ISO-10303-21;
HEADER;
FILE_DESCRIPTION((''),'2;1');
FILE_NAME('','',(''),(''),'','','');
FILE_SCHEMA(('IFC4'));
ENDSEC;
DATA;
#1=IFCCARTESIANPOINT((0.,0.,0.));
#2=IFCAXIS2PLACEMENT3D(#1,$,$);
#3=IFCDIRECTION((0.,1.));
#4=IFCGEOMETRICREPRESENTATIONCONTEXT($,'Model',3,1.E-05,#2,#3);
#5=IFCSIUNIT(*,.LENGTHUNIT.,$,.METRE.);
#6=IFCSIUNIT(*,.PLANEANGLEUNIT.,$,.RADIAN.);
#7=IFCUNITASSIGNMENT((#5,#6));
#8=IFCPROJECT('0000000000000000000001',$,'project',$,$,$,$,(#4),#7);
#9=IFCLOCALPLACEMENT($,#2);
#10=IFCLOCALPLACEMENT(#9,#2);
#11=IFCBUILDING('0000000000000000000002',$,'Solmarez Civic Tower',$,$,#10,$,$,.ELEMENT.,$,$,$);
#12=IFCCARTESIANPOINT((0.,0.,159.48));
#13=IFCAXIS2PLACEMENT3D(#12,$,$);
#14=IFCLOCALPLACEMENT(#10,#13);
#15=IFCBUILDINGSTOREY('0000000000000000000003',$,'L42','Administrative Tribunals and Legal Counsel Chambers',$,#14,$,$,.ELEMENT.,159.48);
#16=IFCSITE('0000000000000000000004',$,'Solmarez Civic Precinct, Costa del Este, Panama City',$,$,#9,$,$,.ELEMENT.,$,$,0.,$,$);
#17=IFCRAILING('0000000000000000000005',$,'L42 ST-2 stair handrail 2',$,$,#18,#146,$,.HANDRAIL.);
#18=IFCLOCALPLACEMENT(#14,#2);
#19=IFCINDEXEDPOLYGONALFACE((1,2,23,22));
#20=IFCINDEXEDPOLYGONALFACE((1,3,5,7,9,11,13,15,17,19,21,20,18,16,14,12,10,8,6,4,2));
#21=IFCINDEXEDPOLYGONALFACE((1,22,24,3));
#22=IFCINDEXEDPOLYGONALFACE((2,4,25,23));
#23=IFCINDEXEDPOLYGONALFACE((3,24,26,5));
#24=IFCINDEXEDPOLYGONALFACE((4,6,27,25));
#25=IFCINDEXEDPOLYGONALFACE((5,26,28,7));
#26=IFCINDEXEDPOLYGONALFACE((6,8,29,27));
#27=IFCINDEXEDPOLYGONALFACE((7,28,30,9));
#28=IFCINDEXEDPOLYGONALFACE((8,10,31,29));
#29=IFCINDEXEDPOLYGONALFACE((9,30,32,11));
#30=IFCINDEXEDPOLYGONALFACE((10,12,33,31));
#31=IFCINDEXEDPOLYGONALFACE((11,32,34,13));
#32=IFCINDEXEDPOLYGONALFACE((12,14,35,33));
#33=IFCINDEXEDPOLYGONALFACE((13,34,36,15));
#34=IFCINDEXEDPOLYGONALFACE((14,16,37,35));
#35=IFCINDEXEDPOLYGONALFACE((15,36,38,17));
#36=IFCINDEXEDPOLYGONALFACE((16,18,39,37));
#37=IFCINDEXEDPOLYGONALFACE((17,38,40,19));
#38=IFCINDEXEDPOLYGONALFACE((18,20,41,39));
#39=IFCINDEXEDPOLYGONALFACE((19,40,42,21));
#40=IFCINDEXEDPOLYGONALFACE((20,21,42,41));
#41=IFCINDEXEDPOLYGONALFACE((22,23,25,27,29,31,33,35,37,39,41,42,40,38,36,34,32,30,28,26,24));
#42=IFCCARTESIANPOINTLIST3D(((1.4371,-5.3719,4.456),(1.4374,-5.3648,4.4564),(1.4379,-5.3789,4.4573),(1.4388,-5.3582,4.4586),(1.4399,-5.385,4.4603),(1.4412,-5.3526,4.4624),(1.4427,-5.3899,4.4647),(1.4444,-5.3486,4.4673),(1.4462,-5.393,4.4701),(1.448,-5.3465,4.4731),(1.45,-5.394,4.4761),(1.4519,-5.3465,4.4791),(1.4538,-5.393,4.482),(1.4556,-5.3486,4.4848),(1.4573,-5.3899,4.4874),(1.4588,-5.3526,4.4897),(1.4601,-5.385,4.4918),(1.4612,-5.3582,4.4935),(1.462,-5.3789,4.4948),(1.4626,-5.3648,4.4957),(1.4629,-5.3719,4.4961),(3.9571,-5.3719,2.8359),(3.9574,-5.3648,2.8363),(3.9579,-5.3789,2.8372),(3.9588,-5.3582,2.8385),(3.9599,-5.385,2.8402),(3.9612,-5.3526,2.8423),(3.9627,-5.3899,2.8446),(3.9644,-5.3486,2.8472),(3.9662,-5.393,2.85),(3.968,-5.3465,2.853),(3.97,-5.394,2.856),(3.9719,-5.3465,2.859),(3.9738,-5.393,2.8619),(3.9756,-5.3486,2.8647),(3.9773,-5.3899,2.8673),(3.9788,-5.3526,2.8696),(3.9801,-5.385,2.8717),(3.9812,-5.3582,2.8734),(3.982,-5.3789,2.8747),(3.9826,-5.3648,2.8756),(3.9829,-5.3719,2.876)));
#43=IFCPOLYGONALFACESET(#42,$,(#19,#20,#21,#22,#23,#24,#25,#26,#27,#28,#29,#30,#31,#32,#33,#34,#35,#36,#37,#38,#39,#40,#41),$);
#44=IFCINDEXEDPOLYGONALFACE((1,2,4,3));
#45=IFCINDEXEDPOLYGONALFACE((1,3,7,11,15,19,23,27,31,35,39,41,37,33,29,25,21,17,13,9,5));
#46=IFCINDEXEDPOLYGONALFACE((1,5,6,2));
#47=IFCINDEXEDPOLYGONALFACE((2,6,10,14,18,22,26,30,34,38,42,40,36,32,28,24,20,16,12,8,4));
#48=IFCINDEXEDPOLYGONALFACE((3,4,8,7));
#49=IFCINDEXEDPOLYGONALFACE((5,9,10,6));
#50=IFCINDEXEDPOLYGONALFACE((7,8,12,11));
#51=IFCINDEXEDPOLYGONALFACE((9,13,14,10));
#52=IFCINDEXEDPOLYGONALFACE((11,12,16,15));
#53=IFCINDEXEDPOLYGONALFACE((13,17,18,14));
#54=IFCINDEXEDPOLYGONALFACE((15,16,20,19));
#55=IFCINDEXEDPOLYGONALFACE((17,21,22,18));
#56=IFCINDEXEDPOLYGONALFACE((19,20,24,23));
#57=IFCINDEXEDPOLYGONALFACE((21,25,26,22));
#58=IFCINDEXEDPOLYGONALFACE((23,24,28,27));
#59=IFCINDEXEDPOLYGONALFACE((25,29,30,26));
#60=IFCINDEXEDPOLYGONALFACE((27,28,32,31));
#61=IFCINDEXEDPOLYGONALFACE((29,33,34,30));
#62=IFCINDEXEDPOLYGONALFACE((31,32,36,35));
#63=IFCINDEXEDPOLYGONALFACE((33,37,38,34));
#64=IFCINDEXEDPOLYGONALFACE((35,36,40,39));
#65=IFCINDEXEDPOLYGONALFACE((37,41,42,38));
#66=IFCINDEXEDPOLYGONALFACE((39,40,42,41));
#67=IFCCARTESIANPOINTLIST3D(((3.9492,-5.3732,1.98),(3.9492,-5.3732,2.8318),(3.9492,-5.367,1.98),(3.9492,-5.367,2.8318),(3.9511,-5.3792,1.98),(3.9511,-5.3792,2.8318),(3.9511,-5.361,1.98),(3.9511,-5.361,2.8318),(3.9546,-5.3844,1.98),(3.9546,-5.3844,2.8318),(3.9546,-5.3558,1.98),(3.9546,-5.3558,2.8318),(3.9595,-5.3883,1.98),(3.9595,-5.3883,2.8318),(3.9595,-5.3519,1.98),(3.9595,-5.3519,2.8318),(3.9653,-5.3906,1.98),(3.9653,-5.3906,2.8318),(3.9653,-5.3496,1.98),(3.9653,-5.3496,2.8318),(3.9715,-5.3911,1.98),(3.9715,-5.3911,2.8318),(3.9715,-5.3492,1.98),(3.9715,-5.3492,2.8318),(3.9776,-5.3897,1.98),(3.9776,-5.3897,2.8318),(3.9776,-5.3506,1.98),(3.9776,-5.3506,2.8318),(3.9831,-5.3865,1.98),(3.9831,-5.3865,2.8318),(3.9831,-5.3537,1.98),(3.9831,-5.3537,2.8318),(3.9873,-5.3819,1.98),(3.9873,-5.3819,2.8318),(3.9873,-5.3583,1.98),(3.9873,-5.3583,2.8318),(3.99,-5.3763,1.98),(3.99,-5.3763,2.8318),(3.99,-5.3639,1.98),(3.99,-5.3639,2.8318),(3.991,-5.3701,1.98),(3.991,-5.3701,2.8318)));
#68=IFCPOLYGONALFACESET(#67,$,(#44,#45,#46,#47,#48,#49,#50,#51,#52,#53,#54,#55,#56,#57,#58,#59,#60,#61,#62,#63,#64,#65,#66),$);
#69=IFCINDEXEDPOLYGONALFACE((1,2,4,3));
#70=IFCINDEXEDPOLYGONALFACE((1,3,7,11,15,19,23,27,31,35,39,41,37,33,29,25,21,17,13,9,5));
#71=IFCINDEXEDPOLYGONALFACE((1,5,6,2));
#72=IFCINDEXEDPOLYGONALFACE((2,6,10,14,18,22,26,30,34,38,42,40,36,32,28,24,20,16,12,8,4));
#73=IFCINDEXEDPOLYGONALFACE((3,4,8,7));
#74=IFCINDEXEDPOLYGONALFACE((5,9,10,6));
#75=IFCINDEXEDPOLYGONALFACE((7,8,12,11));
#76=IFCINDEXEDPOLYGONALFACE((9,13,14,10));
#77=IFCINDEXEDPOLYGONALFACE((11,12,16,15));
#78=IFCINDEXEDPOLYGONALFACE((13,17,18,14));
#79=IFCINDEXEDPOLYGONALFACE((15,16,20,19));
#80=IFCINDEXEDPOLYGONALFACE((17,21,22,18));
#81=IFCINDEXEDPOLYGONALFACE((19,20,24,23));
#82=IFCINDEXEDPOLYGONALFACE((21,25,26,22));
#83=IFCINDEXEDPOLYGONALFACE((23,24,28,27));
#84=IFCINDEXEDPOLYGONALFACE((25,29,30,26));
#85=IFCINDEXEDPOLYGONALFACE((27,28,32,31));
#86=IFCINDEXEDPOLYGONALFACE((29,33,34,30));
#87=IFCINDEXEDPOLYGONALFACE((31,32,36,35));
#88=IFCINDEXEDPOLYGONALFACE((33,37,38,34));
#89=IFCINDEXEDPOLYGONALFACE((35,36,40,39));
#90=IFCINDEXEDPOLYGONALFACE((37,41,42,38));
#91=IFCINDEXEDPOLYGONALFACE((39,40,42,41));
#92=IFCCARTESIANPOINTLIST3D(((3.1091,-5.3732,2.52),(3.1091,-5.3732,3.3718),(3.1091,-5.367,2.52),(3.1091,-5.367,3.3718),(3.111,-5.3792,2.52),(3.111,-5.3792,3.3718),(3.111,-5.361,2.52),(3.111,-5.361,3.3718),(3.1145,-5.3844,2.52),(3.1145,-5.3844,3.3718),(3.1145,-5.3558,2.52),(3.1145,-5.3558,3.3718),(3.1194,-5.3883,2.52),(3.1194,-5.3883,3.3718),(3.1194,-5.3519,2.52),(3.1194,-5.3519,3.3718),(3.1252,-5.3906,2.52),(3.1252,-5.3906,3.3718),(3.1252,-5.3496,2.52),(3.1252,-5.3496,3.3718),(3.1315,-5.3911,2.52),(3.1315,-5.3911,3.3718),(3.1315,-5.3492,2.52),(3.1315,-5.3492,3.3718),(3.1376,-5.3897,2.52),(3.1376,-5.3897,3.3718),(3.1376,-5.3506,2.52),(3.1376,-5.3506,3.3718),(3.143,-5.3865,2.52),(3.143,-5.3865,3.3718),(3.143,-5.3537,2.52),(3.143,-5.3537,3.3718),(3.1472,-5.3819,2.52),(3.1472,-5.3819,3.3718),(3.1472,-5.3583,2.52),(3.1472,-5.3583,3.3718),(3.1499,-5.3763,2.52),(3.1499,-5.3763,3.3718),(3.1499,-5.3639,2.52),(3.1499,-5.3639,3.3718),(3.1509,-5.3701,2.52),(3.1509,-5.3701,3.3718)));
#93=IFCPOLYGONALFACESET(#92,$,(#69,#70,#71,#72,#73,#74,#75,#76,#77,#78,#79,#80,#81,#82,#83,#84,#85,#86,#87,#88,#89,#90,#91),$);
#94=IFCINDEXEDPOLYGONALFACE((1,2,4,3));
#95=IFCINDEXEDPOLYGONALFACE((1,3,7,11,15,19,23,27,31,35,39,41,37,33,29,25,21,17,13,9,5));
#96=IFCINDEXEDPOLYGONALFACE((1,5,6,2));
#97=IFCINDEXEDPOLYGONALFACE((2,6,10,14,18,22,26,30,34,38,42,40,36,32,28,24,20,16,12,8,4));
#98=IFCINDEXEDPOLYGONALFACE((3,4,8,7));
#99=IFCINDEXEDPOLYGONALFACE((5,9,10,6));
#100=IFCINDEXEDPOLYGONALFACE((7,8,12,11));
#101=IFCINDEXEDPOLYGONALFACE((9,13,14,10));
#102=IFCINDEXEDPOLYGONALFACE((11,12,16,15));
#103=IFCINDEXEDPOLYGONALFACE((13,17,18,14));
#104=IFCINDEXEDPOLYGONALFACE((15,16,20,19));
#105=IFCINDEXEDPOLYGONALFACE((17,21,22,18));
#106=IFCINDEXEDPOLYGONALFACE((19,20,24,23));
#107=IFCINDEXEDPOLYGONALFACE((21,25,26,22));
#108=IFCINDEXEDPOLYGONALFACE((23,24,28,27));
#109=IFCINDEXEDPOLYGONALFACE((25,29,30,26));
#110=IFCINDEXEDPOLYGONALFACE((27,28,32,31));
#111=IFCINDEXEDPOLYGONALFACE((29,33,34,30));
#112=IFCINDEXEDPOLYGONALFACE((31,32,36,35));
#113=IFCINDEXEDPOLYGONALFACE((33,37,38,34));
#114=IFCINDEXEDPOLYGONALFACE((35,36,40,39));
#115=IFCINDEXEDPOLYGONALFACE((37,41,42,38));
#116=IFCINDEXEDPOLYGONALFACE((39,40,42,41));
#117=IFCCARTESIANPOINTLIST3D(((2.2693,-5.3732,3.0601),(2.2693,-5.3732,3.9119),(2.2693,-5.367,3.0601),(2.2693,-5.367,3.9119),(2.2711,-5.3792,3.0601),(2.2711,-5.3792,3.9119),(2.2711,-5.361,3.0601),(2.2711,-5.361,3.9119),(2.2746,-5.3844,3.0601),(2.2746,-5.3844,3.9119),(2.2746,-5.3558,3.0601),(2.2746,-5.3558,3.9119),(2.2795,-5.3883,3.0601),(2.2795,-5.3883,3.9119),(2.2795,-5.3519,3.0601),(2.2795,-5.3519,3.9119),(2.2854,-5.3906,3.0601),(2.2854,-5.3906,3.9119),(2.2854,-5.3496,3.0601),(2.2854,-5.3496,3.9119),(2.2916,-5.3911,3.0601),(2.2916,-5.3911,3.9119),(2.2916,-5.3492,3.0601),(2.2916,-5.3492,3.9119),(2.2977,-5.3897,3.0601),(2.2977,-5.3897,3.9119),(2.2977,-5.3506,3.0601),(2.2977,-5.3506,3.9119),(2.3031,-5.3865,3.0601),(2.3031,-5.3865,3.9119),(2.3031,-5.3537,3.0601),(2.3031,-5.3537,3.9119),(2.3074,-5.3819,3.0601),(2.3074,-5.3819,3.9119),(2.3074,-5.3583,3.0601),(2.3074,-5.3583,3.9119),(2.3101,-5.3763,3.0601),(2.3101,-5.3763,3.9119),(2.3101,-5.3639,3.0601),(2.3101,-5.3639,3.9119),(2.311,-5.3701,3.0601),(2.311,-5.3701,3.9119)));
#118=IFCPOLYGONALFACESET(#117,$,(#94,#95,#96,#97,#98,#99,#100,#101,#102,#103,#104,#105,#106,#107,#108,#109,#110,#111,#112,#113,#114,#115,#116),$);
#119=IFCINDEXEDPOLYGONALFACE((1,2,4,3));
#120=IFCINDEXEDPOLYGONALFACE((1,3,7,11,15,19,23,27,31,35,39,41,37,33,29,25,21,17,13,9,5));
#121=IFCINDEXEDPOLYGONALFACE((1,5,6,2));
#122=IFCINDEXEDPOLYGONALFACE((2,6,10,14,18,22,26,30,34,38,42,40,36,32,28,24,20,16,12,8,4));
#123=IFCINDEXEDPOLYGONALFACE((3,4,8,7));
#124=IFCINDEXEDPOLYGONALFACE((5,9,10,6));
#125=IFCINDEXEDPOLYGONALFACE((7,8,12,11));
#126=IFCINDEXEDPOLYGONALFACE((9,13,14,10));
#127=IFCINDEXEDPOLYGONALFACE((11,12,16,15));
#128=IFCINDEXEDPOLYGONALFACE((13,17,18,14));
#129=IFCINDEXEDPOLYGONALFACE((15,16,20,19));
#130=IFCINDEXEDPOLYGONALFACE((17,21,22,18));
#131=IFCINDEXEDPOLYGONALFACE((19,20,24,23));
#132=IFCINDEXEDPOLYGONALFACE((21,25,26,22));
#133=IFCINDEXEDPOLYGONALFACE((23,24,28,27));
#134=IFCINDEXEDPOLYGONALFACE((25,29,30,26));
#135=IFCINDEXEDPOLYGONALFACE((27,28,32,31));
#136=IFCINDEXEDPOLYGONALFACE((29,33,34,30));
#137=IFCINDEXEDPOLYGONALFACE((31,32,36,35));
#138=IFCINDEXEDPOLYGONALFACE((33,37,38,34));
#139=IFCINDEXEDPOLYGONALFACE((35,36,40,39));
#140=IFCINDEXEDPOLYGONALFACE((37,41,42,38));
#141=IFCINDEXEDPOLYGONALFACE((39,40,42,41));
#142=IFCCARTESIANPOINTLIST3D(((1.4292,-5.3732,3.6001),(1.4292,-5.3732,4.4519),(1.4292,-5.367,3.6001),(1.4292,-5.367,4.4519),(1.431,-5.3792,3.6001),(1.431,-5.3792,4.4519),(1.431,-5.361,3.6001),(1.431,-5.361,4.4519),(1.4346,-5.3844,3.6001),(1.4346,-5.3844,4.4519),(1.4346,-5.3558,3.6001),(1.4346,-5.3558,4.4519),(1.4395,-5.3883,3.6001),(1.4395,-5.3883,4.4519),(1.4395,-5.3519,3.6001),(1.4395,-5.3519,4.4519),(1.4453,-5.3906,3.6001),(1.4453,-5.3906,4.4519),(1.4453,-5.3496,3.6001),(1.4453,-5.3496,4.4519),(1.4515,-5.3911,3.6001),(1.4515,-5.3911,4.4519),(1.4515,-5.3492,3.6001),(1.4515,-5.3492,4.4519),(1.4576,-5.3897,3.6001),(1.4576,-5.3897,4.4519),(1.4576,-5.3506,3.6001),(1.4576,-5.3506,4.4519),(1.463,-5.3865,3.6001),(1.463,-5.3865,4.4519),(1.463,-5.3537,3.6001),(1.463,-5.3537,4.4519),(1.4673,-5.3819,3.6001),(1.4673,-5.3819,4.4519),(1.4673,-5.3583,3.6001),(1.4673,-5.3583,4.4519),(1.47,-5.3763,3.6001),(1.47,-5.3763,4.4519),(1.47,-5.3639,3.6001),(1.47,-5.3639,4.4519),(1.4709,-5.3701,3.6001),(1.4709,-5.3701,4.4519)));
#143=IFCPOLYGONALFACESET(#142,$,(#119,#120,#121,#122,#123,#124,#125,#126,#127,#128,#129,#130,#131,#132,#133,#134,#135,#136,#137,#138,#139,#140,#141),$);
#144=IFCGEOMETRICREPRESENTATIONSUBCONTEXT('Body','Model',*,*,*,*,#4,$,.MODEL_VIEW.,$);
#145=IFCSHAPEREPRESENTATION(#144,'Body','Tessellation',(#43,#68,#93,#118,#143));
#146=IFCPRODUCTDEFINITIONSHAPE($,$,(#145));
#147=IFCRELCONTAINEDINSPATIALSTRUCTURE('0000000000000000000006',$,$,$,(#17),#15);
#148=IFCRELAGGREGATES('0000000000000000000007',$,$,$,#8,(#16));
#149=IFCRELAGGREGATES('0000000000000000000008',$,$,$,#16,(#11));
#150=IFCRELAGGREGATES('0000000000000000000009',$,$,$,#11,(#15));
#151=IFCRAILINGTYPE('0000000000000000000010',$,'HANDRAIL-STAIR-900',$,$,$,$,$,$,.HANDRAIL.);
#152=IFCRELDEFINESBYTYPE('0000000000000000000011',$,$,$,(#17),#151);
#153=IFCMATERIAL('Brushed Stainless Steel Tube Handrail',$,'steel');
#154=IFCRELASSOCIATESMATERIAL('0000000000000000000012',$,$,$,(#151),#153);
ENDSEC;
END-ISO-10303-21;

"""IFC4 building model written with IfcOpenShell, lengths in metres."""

from ifc_helpers import new_model, si_unit, direction, frame, origin, origin_2d, place, context, subcontext, project, spatial, circle, extrude, material, type_object, element, save


model = new_model("IFC4")

# Units and contexts
model_context = context("Model", 3, precision=1e-05, world=origin(), true_north=direction((0.0, 1.0)))
body_context = subcontext(model_context, "Body", "Model", "MODEL_VIEW")
ifc_project = project(units=[si_unit("LENGTHUNIT", "METRE"), si_unit("PLANEANGLEUNIT", "RADIAN")], contexts=[model_context])

# Site, building, storey
site_placement = place(None, origin())
site = spatial("IfcSite", under=ifc_project, at=site_placement, Name="Solmarez Civic Precinct, Costa del Este, Panama City", CompositionType="ELEMENT", RefElevation=0.0)
building_placement = place(site_placement, origin())
building = spatial("IfcBuilding", under=site, at=building_placement, Name="Solmarez Civic Tower", CompositionType="ELEMENT")
storey_placement = place(building_placement, frame((0.0, 0.0, 159.48)))
storey = spatial("IfcBuildingStorey", under=building, at=storey_placement, Name="L42", Description="Administrative Tribunals and Legal Counsel Chambers", CompositionType="ELEMENT", Elevation=159.48)

# Railing
ifc_material_1 = material(Name="Brushed Stainless Steel Tube Handrail", Category="steel")
railing_type_1 = type_object("IfcRailingType", Name="HANDRAIL-STAIR-900", PredefinedType="HANDRAIL", material=ifc_material_1)
railing_1_placement = place(storey_placement, frame((3.97, -5.3701, 1.98)))
element("IfcRailing", 1, at=railing_1_placement, inside=storey, type_object=railing_type_1, Name="L42 ST-2 stair handrail 2", PredefinedType="HANDRAIL", context=body_context, shape_type="SweptSolid", body=[
    extrude(circle(Radius=0.0239, at=origin_2d()), frame((0.0, 0.0, 0.876), z_axis=(-0.841163, 0.0, 0.540782), x_axis=(0.0, -1.0, 0.0)), (0.0, 0.0, 1.0), 2.9958),
    extrude(circle(Radius=0.021, at=origin_2d()), origin(), (0.0, 0.0, 1.0), 0.8518),
    extrude(circle(Radius=0.021, at=origin_2d()), frame((-0.8401, 0.0, 0.54)), (0.0, 0.0, 1.0), 0.8518),
    extrude(circle(Radius=0.021, at=origin_2d()), frame((-1.6799, 0.0, 1.0801)), (0.0, 0.0, 1.0), 0.8518),
    extrude(circle(Radius=0.021, at=origin_2d()), frame((-2.52, 0.0, 1.6201)), (0.0, 0.0, 1.0), 0.8518),
])

save(model, "model.ifc")
